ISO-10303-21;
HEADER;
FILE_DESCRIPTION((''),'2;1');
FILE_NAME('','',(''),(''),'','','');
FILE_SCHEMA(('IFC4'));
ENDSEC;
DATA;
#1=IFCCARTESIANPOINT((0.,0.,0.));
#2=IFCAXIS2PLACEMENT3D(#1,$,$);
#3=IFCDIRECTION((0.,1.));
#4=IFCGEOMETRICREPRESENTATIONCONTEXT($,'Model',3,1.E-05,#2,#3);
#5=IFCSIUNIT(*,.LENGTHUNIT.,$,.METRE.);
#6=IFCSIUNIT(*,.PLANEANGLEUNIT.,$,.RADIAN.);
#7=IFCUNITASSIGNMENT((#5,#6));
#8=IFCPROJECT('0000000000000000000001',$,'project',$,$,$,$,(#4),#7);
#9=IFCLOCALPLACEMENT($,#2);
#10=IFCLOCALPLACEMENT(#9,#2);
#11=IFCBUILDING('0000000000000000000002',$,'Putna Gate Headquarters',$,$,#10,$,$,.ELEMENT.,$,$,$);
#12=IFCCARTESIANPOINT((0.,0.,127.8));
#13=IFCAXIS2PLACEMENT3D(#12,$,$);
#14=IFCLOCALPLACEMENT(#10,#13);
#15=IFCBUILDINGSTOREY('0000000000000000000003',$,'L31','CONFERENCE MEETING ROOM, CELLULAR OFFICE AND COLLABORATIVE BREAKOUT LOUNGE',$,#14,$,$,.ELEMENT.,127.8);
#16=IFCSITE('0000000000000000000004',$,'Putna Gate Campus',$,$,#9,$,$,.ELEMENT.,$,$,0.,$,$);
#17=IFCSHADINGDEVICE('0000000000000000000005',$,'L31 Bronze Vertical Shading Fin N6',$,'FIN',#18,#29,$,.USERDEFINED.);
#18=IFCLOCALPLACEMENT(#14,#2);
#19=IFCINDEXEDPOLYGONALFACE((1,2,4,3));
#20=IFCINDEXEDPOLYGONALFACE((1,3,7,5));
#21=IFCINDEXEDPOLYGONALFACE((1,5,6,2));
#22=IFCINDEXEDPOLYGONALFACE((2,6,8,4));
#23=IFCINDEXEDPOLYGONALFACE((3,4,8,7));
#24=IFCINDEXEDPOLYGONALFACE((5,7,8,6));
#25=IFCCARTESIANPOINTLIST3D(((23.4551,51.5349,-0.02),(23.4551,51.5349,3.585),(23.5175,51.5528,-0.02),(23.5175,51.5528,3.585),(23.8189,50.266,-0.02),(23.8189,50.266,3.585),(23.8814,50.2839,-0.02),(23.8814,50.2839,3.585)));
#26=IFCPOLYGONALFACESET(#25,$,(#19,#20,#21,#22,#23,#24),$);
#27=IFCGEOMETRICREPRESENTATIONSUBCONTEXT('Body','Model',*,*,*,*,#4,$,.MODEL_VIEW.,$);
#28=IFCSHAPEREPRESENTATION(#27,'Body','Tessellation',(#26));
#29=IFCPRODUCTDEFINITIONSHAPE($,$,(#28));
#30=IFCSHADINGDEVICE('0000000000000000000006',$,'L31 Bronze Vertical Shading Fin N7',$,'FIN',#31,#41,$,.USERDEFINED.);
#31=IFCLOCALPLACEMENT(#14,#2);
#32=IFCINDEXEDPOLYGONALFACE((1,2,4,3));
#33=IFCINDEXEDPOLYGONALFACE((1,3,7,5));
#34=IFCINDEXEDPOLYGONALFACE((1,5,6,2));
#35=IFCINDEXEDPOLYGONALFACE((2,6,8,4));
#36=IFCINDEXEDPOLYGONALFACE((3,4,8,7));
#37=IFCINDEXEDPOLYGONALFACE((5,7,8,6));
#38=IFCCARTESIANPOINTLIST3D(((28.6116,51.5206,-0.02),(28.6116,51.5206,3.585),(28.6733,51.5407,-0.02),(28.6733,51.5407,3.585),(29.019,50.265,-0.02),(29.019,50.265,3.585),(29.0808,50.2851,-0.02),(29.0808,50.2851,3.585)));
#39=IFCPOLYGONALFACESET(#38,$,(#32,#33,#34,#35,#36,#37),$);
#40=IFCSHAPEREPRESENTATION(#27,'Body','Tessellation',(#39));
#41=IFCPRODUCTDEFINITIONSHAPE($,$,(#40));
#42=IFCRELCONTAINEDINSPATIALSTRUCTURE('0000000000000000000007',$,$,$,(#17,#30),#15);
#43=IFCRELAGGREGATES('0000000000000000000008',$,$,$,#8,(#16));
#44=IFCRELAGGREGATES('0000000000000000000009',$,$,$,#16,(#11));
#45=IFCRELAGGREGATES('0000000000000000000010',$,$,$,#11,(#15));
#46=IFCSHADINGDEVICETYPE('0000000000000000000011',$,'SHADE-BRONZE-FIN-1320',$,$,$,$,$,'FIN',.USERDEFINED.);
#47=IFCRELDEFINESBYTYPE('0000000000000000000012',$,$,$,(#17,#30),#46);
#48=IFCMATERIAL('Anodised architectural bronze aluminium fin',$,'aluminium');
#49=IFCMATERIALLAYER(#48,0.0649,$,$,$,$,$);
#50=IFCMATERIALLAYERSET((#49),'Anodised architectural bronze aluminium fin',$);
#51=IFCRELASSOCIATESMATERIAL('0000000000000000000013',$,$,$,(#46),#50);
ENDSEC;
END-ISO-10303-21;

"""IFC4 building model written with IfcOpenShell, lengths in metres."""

from ifc_helpers import new_model, si_unit, direction, frame, origin, origin_2d, place, context, subcontext, project, spatial, rectangle, extrude, material, layer, layer_set, type_object, element, save


model = new_model("IFC4")

# Units and contexts
model_context = context("Model", 3, precision=1e-05, world=origin(), true_north=direction((0.0, 1.0)))
body_context = subcontext(model_context, "Body", "Model", "MODEL_VIEW")
ifc_project = project(units=[si_unit("LENGTHUNIT", "METRE"), si_unit("PLANEANGLEUNIT", "RADIAN")], contexts=[model_context])

# Site, building, storey
site_placement = place(None, origin())
site = spatial("IfcSite", under=ifc_project, at=site_placement, Name="Putna Gate Campus", CompositionType="ELEMENT", RefElevation=0.0)
building_placement = place(site_placement, origin())
building = spatial("IfcBuilding", under=site, at=building_placement, Name="Putna Gate Headquarters", CompositionType="ELEMENT")
storey_placement = place(building_placement, frame((0.0, 0.0, 127.8)))
storey = spatial("IfcBuildingStorey", under=building, at=storey_placement, Name="L31", Description="CONFERENCE MEETING ROOM, CELLULAR OFFICE AND COLLABORATIVE BREAKOUT LOUNGE", CompositionType="ELEMENT", Elevation=127.8)

# Shading devices
ifc_material_1 = material(Name="Anodised architectural bronze aluminium fin", Category="aluminium")
ifc_layer_1 = layer(ifc_material_1, 0.0649)
ifc_layer_set_1 = layer_set([ifc_layer_1], Name="Anodised architectural bronze aluminium fin")
shading_device_type = type_object("IfcShadingDeviceType", Name="SHADE-BRONZE-FIN-1320", ElementType="FIN", PredefinedType="USERDEFINED", material=ifc_layer_set_1)
for number, where, z_axis, x_axis, name in (
    (1, (23.6682, 50.9094, -0.02), (0.0, 0.0, 1.0), (-0.275637, 0.961262, 0.0), "L31 Bronze Vertical Shading Fin N6"),
    (2, (28.8462, 50.9028, -0.02), (0.0, 0.0, 1.0), (-0.308685, 0.951164, 0.0), "L31 Bronze Vertical Shading Fin N7"),
):
    element("IfcShadingDevice", number, at=place(storey_placement, frame(where, z_axis=z_axis, x_axis=x_axis)), inside=storey, type_object=shading_device_type, Name=name, ObjectType="FIN", PredefinedType="USERDEFINED", context=body_context, shape_type="SweptSolid", body=[
        extrude(rectangle(XDim=1.3201, YDim=0.0649, at=origin_2d()), origin(), (0.0, 0.0, 1.0), 3.605),
    ])

save(model, "model.ifc")
